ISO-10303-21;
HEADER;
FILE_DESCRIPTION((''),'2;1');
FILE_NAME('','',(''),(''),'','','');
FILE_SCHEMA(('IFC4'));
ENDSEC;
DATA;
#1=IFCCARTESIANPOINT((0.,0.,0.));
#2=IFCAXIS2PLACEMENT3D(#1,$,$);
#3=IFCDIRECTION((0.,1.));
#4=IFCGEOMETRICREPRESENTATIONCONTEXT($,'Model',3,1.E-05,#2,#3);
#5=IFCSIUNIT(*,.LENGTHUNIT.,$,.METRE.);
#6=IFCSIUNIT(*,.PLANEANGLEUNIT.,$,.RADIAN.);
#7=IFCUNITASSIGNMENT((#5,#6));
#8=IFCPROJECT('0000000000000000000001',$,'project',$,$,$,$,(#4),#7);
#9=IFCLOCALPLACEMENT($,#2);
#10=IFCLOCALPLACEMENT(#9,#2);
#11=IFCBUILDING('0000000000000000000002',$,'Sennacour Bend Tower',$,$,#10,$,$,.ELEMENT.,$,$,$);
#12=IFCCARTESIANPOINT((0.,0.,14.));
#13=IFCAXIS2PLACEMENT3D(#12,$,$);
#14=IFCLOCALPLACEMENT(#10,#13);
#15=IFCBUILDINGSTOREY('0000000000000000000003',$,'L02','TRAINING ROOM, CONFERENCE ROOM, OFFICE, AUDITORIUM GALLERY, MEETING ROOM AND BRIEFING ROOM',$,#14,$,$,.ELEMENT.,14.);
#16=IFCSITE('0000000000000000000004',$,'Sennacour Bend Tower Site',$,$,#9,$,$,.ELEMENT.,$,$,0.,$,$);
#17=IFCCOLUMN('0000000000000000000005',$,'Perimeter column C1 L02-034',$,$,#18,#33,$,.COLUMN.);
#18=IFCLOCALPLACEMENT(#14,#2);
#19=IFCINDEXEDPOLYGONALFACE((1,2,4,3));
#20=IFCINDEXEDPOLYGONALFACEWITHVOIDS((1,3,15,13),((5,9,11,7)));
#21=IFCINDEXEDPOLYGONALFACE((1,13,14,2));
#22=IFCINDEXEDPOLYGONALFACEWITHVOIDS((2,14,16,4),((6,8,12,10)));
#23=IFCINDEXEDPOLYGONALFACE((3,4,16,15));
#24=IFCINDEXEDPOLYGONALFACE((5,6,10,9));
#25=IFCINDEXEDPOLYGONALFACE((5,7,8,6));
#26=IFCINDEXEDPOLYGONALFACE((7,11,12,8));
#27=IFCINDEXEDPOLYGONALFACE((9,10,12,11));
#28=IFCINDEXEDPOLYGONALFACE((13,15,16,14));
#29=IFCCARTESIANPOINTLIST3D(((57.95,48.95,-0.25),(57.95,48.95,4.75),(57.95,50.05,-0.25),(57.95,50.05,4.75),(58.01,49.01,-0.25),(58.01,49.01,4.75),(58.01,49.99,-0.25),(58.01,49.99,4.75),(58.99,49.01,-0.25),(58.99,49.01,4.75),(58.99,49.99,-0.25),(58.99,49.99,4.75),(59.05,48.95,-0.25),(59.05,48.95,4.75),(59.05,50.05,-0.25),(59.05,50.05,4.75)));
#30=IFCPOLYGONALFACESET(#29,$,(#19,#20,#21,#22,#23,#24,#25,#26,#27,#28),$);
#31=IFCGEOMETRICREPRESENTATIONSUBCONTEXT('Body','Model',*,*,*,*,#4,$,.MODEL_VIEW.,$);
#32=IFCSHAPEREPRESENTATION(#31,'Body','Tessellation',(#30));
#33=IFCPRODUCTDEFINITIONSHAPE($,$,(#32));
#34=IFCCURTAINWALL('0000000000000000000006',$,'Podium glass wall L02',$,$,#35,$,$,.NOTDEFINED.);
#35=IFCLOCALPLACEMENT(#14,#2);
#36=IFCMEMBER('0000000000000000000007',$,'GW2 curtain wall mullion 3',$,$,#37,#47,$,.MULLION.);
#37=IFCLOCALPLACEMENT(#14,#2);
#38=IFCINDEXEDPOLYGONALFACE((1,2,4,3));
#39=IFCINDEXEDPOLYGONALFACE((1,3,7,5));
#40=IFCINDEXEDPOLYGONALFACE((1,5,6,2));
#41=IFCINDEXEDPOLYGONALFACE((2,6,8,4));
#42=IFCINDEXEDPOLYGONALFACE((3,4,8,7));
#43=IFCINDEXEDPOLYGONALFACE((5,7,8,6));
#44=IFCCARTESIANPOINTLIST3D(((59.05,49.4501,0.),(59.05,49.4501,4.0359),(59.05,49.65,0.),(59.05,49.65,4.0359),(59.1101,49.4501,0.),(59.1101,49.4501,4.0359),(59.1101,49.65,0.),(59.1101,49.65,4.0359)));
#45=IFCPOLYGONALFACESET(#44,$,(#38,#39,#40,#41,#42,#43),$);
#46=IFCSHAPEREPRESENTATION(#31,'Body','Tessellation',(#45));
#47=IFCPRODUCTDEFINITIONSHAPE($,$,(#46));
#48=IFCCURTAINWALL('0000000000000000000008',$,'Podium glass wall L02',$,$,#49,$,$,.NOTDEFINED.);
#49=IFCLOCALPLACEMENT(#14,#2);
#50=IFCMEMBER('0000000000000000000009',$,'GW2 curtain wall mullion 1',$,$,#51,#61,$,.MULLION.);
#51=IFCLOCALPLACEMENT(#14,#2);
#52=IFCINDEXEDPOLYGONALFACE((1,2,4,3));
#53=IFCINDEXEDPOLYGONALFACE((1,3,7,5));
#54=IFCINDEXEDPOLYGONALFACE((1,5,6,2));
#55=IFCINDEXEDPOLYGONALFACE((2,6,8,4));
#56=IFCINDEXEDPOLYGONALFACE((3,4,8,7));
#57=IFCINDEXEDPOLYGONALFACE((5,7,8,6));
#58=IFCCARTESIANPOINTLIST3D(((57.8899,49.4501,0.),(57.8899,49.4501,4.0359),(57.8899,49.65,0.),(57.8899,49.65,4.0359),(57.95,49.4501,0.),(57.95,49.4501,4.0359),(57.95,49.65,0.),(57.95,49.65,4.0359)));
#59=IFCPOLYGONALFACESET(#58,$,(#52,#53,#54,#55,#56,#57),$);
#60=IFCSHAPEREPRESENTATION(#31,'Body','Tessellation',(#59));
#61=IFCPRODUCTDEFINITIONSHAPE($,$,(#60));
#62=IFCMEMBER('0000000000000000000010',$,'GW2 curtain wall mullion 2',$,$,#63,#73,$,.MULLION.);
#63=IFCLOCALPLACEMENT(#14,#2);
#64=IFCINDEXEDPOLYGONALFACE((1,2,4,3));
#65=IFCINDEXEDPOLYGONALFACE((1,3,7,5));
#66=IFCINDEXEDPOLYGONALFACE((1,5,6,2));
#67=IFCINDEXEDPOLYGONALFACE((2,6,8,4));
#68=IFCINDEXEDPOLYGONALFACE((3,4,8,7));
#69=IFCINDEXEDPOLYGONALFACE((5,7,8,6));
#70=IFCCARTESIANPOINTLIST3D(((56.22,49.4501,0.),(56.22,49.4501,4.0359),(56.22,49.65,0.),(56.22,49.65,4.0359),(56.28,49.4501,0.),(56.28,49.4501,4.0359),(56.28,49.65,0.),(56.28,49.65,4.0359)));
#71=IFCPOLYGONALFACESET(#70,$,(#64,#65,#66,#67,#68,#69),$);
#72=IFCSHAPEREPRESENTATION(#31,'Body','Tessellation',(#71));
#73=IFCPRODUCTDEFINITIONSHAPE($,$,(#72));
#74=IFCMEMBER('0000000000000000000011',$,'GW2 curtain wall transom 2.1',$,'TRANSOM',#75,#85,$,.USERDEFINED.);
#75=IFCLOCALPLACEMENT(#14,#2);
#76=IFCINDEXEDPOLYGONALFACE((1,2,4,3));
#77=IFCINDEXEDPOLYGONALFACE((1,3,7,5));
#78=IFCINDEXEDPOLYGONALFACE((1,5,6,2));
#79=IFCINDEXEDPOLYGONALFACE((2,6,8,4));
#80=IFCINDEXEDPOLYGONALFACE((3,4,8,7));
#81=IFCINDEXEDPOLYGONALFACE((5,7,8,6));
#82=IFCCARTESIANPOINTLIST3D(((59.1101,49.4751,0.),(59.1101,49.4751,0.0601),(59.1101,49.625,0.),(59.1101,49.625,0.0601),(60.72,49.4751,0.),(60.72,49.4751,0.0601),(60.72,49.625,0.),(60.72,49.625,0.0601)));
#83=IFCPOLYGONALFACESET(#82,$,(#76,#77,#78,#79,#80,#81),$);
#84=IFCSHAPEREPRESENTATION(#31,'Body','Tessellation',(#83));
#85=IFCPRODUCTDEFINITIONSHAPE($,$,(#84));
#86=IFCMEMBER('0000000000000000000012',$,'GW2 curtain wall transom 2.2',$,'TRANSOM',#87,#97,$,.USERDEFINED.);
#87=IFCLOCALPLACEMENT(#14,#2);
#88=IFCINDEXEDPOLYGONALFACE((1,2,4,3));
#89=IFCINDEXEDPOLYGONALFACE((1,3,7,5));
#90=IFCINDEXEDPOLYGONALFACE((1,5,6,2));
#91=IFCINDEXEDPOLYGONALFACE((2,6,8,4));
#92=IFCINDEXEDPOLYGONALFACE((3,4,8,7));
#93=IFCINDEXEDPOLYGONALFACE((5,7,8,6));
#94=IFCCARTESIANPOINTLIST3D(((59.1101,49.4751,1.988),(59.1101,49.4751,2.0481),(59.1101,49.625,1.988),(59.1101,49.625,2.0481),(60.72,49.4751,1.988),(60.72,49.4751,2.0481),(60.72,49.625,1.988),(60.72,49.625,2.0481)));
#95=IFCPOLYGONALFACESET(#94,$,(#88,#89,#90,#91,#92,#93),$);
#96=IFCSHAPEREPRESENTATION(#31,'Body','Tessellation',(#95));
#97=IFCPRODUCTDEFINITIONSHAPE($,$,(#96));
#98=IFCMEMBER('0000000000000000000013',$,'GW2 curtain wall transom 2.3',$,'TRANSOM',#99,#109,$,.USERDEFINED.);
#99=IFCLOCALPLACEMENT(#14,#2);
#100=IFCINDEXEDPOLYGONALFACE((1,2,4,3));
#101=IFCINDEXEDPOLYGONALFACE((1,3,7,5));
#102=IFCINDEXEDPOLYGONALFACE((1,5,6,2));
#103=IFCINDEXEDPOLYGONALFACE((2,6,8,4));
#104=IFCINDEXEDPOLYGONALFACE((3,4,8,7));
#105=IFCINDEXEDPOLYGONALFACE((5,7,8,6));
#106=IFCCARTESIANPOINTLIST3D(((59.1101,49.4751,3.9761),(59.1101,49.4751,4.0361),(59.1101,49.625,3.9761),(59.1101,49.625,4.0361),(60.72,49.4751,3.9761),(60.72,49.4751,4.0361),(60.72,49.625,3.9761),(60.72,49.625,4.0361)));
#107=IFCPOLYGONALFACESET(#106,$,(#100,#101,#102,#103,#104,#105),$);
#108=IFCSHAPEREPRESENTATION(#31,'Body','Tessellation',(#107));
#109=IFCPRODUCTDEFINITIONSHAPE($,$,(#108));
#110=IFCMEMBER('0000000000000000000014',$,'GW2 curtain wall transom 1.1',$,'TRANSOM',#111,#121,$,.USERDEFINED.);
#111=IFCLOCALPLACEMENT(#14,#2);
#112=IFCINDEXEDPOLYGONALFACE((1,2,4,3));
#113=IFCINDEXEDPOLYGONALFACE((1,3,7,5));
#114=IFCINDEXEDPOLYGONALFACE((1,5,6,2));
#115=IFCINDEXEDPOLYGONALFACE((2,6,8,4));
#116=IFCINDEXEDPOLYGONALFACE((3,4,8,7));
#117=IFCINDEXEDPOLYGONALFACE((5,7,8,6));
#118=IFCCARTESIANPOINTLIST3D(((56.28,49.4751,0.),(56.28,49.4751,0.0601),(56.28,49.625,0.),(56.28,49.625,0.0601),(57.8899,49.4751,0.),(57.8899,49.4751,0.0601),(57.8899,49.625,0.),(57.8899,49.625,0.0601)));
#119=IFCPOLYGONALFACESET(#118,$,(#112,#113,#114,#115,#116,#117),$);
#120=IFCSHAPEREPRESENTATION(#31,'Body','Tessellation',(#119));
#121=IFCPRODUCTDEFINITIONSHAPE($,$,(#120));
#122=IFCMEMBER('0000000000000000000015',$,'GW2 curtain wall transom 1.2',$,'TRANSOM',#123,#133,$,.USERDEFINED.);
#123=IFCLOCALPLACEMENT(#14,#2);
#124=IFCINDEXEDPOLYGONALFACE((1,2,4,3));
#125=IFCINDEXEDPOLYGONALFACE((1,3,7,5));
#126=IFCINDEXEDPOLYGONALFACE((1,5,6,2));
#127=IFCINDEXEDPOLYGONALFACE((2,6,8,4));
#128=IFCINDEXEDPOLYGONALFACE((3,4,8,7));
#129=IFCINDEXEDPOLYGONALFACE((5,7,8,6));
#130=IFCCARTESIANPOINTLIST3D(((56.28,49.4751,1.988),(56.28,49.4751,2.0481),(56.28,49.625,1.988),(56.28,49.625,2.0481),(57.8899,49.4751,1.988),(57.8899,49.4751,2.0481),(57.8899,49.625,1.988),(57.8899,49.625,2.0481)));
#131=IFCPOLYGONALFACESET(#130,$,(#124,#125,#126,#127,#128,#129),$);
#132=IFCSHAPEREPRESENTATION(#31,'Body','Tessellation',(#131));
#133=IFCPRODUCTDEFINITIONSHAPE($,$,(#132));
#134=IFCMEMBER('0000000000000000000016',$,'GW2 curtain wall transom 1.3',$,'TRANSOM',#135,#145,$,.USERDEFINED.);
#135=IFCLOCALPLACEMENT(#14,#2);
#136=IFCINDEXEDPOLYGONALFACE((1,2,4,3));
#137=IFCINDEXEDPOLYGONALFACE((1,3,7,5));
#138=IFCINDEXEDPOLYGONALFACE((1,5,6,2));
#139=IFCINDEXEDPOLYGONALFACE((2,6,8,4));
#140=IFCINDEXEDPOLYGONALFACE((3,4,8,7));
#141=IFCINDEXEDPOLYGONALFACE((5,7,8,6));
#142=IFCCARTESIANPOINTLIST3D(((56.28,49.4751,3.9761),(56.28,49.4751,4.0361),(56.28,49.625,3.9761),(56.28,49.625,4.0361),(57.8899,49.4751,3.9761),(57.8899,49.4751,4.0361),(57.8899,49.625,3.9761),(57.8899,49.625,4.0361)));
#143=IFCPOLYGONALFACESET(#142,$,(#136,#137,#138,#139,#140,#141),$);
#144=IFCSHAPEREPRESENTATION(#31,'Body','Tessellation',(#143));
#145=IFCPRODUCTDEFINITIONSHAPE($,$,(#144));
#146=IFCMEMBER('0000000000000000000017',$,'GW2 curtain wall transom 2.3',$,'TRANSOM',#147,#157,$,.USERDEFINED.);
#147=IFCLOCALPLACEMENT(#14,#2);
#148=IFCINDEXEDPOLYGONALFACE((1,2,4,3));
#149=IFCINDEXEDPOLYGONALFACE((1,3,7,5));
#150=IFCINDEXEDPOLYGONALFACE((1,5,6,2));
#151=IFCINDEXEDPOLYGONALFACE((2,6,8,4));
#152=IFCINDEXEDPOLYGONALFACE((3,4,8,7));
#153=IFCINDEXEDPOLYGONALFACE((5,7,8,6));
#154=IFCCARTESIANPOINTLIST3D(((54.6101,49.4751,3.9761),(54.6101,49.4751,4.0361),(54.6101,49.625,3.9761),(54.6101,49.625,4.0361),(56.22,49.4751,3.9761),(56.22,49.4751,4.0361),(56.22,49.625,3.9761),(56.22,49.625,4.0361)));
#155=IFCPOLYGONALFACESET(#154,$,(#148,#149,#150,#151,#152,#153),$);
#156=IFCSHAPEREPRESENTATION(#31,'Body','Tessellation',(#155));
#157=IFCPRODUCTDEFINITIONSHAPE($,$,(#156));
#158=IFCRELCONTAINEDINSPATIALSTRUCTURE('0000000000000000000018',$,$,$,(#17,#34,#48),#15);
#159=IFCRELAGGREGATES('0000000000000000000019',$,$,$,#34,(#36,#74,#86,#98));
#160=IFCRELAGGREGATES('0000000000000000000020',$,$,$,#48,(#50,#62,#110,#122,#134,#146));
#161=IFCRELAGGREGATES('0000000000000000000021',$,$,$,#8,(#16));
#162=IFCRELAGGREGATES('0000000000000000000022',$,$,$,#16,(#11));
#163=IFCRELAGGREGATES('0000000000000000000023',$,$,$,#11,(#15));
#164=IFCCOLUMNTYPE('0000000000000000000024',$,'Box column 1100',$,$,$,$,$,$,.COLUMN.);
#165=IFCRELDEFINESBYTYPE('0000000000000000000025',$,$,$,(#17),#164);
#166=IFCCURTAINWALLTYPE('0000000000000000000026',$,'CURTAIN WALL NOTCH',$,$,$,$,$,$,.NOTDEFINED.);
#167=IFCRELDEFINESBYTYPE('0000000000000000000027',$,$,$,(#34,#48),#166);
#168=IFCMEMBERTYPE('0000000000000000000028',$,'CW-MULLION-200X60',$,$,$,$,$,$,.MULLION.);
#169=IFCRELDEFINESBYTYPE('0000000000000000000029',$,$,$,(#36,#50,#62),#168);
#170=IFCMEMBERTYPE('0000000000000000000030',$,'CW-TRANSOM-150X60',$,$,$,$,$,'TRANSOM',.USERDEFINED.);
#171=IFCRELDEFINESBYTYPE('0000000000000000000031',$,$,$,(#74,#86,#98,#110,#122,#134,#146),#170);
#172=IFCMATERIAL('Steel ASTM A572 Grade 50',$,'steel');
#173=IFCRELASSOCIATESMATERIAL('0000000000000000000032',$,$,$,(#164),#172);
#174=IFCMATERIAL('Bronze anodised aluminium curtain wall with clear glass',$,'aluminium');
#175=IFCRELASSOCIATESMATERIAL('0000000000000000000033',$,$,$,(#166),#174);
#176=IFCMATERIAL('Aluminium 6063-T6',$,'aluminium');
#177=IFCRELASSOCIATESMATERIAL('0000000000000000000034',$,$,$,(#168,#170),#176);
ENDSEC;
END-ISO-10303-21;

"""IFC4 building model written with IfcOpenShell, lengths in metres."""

from ifc_helpers import new_model, si_unit, direction, frame, origin, origin_2d, place, context, subcontext, project, spatial, rectangle, hollow_rectangle, extrude, material, material_profile, profile_set, type_object, element, aggregate, save


model = new_model("IFC4")

# Units and contexts
model_context = context("Model", 3, precision=1e-05, world=origin(), true_north=direction((0.0, 1.0)))
body_context = subcontext(model_context, "Body", "Model", "MODEL_VIEW")
ifc_project = project(units=[si_unit("LENGTHUNIT", "METRE"), si_unit("PLANEANGLEUNIT", "RADIAN")], contexts=[model_context])

# Site, building, storey
site_placement = place(None, origin())
site = spatial("IfcSite", under=ifc_project, at=site_placement, Name="Sennacour Bend Tower Site", CompositionType="ELEMENT", RefElevation=0.0)
building_placement = place(site_placement, origin())
building = spatial("IfcBuilding", under=site, at=building_placement, Name="Sennacour Bend Tower", CompositionType="ELEMENT")
storey_placement = place(building_placement, frame((0.0, 0.0, 14.0)))
storey = spatial("IfcBuildingStorey", under=building, at=storey_placement, Name="L02", Description="TRAINING ROOM, CONFERENCE ROOM, OFFICE, AUDITORIUM GALLERY, MEETING ROOM AND BRIEFING ROOM", CompositionType="ELEMENT", Elevation=14.0)

# Column
ifc_material_1 = material(Name="Steel ASTM A572 Grade 50", Category="steel")
ifc_material_profile_1 = material_profile(ifc_material_1, hollow_rectangle(XDim=1.1001, YDim=1.1001, WallThickness=0.0601, at=origin_2d()), Name="Steel ASTM A572 Grade 50", Category="steel")
ifc_profile_set_1 = profile_set([ifc_material_profile_1], Name="Steel ASTM A572 Grade 50")
column_type = type_object("IfcColumnType", Name="Box column 1100", PredefinedType="COLUMN", material=ifc_profile_set_1)
column_placement = place(storey_placement, frame((58.5, 49.5, -0.25), z_axis=(0.0, 0.0, 1.0), x_axis=(1.0, 0.0, 0.0)))
element("IfcColumn", 1, at=column_placement, inside=storey, type_object=column_type, Name="Perimeter column C1 L02-034", PredefinedType="COLUMN", context=body_context, shape_type="SweptSolid", body=[
    extrude(hollow_rectangle(XDim=1.1001, YDim=1.1001, WallThickness=0.0601, at=origin_2d()), origin(), (0.0, 0.0, 1.0), 5.0),
])

# Curtain wall, member
ifc_material_2 = material(Name="Bronze anodised aluminium curtain wall with clear glass", Category="aluminium")
curtain_wall_type = type_object("IfcCurtainWallType", Name="CURTAIN WALL NOTCH", PredefinedType="NOTDEFINED", material=ifc_material_2)
curtain_wall_1_placement = place(storey_placement, origin())
curtain_wall_1 = element("IfcCurtainWall", 2, at=curtain_wall_1_placement, inside=storey, type_object=curtain_wall_type, Name="Podium glass wall L02", PredefinedType="NOTDEFINED")
ifc_material_3 = material(Name="Aluminium 6063-T6", Category="aluminium")
ifc_material_profile_2 = material_profile(ifc_material_3, rectangle(XDim=0.2, YDim=0.0601, at=origin_2d()), Name="Aluminium 6063-T6", Category="aluminium")
ifc_profile_set_2 = profile_set([ifc_material_profile_2], Name="Aluminium 6063-T6")
member_type_1 = type_object("IfcMemberType", Name="CW-MULLION-200X60", PredefinedType="MULLION", material=ifc_profile_set_2)
member_1_placement = place(storey_placement, frame((59.0801, 49.55, 0.0), z_axis=(0.0, 0.0, 1.0), x_axis=(0.0, -1.0, 0.0)))
member_1 = element("IfcMember", 3, at=member_1_placement, type_object=member_type_1, Name="GW2 curtain wall mullion 3", PredefinedType="MULLION", context=body_context, shape_type="SweptSolid", body=[
    extrude(rectangle(XDim=0.2, YDim=0.0601, at=origin_2d()), origin(), (0.0, 0.0, 1.0), 4.0359),
])

# Curtain wall, members
curtain_wall_2_placement = place(storey_placement, origin())
curtain_wall_2 = element("IfcCurtainWall", 4, at=curtain_wall_2_placement, inside=storey, type_object=curtain_wall_type, Name="Podium glass wall L02", PredefinedType="NOTDEFINED")
member_2_placement = place(storey_placement, frame((57.9199, 49.55, 0.0), z_axis=(0.0, 0.0, 1.0), x_axis=(0.0, -1.0, 0.0)))
member_2 = element("IfcMember", 5, at=member_2_placement, type_object=member_type_1, Name="GW2 curtain wall mullion 1", PredefinedType="MULLION", context=body_context, shape_type="SweptSolid", body=[
    extrude(rectangle(XDim=0.2, YDim=0.0601, at=origin_2d()), origin(), (0.0, 0.0, 1.0), 4.0359),
])
member_3_placement = place(storey_placement, frame((56.25, 49.55, 0.0), z_axis=(0.0, 0.0, 1.0), x_axis=(0.0, -1.0, 0.0)))
member_3 = element("IfcMember", 6, at=member_3_placement, type_object=member_type_1, Name="GW2 curtain wall mullion 2", PredefinedType="MULLION", context=body_context, shape_type="SweptSolid", body=[
    extrude(rectangle(XDim=0.2, YDim=0.0601, at=origin_2d()), origin(), (0.0, 0.0, 1.0), 4.0359),
])

# Members
ifc_material_profile_3 = material_profile(ifc_material_3, rectangle(XDim=0.1499, YDim=0.0601, at=origin_2d()), Name="Aluminium 6063-T6", Category="aluminium")
ifc_profile_set_3 = profile_set([ifc_material_profile_3], Name="Aluminium 6063-T6")
member_type_2 = type_object("IfcMemberType", Name="CW-TRANSOM-150X60", ElementType="TRANSOM", PredefinedType="USERDEFINED", material=ifc_profile_set_3)
member_4_placement = place(storey_placement, frame((60.72, 49.55, 0.03), z_axis=(-1.0, 0.0, 0.0), x_axis=(0.0, -1.0, 0.0)))
member_4 = element("IfcMember", 7, at=member_4_placement, type_object=member_type_2, Name="GW2 curtain wall transom 2.1", ObjectType="TRANSOM", PredefinedType="USERDEFINED", context=body_context, shape_type="SweptSolid", body=[
    extrude(rectangle(XDim=0.1499, YDim=0.0601, at=origin_2d()), origin(), (0.0, 0.0, 1.0), 1.6099),
])
member_5_placement = place(storey_placement, frame((60.72, 49.55, 2.0181), z_axis=(-1.0, 0.0, 0.0), x_axis=(0.0, -1.0, 0.0)))
member_5 = element("IfcMember", 8, at=member_5_placement, type_object=member_type_2, Name="GW2 curtain wall transom 2.2", ObjectType="TRANSOM", PredefinedType="USERDEFINED", context=body_context, shape_type="SweptSolid", body=[
    extrude(rectangle(XDim=0.1499, YDim=0.0601, at=origin_2d()), origin(), (0.0, 0.0, 1.0), 1.6099),
])
member_6_placement = place(storey_placement, frame((60.72, 49.55, 4.0061), z_axis=(-1.0, 0.0, 0.0), x_axis=(0.0, -1.0, 0.0)))
member_6 = element("IfcMember", 9, at=member_6_placement, type_object=member_type_2, Name="GW2 curtain wall transom 2.3", ObjectType="TRANSOM", PredefinedType="USERDEFINED", context=body_context, shape_type="SweptSolid", body=[
    extrude(rectangle(XDim=0.1499, YDim=0.0601, at=origin_2d()), origin(), (0.0, 0.0, 1.0), 1.6099),
])
member_7_placement = place(storey_placement, frame((57.8899, 49.55, 0.03), z_axis=(-1.0, 0.0, 0.0), x_axis=(0.0, -1.0, 0.0)))
member_7 = element("IfcMember", 10, at=member_7_placement, type_object=member_type_2, Name="GW2 curtain wall transom 1.1", ObjectType="TRANSOM", PredefinedType="USERDEFINED", context=body_context, shape_type="SweptSolid", body=[
    extrude(rectangle(XDim=0.1499, YDim=0.0601, at=origin_2d()), origin(), (0.0, 0.0, 1.0), 1.6099),
])
member_8_placement = place(storey_placement, frame((57.8899, 49.55, 2.0181), z_axis=(-1.0, 0.0, 0.0), x_axis=(0.0, -1.0, 0.0)))
member_8 = element("IfcMember", 11, at=member_8_placement, type_object=member_type_2, Name="GW2 curtain wall transom 1.2", ObjectType="TRANSOM", PredefinedType="USERDEFINED", context=body_context, shape_type="SweptSolid", body=[
    extrude(rectangle(XDim=0.1499, YDim=0.0601, at=origin_2d()), origin(), (0.0, 0.0, 1.0), 1.6099),
])
member_9_placement = place(storey_placement, frame((57.8899, 49.55, 4.0061), z_axis=(-1.0, 0.0, 0.0), x_axis=(0.0, -1.0, 0.0)))
member_9 = element("IfcMember", 12, at=member_9_placement, type_object=member_type_2, Name="GW2 curtain wall transom 1.3", ObjectType="TRANSOM", PredefinedType="USERDEFINED", context=body_context, shape_type="SweptSolid", body=[
    extrude(rectangle(XDim=0.1499, YDim=0.0601, at=origin_2d()), origin(), (0.0, 0.0, 1.0), 1.6099),
])
member_10_placement = place(storey_placement, frame((56.22, 49.55, 4.0061), z_axis=(-1.0, 0.0, 0.0), x_axis=(0.0, -1.0, 0.0)))
member_10 = element("IfcMember", 13, at=member_10_placement, type_object=member_type_2, Name="GW2 curtain wall transom 2.3", ObjectType="TRANSOM", PredefinedType="USERDEFINED", context=body_context, shape_type="SweptSolid", body=[
    extrude(rectangle(XDim=0.1499, YDim=0.0601, at=origin_2d()), origin(), (0.0, 0.0, 1.0), 1.6099),
])

aggregate(curtain_wall_1, [member_1, member_4, member_5, member_6])
aggregate(curtain_wall_2, [member_2, member_3, member_7, member_8, member_9, member_10])

save(model, "model.ifc")
